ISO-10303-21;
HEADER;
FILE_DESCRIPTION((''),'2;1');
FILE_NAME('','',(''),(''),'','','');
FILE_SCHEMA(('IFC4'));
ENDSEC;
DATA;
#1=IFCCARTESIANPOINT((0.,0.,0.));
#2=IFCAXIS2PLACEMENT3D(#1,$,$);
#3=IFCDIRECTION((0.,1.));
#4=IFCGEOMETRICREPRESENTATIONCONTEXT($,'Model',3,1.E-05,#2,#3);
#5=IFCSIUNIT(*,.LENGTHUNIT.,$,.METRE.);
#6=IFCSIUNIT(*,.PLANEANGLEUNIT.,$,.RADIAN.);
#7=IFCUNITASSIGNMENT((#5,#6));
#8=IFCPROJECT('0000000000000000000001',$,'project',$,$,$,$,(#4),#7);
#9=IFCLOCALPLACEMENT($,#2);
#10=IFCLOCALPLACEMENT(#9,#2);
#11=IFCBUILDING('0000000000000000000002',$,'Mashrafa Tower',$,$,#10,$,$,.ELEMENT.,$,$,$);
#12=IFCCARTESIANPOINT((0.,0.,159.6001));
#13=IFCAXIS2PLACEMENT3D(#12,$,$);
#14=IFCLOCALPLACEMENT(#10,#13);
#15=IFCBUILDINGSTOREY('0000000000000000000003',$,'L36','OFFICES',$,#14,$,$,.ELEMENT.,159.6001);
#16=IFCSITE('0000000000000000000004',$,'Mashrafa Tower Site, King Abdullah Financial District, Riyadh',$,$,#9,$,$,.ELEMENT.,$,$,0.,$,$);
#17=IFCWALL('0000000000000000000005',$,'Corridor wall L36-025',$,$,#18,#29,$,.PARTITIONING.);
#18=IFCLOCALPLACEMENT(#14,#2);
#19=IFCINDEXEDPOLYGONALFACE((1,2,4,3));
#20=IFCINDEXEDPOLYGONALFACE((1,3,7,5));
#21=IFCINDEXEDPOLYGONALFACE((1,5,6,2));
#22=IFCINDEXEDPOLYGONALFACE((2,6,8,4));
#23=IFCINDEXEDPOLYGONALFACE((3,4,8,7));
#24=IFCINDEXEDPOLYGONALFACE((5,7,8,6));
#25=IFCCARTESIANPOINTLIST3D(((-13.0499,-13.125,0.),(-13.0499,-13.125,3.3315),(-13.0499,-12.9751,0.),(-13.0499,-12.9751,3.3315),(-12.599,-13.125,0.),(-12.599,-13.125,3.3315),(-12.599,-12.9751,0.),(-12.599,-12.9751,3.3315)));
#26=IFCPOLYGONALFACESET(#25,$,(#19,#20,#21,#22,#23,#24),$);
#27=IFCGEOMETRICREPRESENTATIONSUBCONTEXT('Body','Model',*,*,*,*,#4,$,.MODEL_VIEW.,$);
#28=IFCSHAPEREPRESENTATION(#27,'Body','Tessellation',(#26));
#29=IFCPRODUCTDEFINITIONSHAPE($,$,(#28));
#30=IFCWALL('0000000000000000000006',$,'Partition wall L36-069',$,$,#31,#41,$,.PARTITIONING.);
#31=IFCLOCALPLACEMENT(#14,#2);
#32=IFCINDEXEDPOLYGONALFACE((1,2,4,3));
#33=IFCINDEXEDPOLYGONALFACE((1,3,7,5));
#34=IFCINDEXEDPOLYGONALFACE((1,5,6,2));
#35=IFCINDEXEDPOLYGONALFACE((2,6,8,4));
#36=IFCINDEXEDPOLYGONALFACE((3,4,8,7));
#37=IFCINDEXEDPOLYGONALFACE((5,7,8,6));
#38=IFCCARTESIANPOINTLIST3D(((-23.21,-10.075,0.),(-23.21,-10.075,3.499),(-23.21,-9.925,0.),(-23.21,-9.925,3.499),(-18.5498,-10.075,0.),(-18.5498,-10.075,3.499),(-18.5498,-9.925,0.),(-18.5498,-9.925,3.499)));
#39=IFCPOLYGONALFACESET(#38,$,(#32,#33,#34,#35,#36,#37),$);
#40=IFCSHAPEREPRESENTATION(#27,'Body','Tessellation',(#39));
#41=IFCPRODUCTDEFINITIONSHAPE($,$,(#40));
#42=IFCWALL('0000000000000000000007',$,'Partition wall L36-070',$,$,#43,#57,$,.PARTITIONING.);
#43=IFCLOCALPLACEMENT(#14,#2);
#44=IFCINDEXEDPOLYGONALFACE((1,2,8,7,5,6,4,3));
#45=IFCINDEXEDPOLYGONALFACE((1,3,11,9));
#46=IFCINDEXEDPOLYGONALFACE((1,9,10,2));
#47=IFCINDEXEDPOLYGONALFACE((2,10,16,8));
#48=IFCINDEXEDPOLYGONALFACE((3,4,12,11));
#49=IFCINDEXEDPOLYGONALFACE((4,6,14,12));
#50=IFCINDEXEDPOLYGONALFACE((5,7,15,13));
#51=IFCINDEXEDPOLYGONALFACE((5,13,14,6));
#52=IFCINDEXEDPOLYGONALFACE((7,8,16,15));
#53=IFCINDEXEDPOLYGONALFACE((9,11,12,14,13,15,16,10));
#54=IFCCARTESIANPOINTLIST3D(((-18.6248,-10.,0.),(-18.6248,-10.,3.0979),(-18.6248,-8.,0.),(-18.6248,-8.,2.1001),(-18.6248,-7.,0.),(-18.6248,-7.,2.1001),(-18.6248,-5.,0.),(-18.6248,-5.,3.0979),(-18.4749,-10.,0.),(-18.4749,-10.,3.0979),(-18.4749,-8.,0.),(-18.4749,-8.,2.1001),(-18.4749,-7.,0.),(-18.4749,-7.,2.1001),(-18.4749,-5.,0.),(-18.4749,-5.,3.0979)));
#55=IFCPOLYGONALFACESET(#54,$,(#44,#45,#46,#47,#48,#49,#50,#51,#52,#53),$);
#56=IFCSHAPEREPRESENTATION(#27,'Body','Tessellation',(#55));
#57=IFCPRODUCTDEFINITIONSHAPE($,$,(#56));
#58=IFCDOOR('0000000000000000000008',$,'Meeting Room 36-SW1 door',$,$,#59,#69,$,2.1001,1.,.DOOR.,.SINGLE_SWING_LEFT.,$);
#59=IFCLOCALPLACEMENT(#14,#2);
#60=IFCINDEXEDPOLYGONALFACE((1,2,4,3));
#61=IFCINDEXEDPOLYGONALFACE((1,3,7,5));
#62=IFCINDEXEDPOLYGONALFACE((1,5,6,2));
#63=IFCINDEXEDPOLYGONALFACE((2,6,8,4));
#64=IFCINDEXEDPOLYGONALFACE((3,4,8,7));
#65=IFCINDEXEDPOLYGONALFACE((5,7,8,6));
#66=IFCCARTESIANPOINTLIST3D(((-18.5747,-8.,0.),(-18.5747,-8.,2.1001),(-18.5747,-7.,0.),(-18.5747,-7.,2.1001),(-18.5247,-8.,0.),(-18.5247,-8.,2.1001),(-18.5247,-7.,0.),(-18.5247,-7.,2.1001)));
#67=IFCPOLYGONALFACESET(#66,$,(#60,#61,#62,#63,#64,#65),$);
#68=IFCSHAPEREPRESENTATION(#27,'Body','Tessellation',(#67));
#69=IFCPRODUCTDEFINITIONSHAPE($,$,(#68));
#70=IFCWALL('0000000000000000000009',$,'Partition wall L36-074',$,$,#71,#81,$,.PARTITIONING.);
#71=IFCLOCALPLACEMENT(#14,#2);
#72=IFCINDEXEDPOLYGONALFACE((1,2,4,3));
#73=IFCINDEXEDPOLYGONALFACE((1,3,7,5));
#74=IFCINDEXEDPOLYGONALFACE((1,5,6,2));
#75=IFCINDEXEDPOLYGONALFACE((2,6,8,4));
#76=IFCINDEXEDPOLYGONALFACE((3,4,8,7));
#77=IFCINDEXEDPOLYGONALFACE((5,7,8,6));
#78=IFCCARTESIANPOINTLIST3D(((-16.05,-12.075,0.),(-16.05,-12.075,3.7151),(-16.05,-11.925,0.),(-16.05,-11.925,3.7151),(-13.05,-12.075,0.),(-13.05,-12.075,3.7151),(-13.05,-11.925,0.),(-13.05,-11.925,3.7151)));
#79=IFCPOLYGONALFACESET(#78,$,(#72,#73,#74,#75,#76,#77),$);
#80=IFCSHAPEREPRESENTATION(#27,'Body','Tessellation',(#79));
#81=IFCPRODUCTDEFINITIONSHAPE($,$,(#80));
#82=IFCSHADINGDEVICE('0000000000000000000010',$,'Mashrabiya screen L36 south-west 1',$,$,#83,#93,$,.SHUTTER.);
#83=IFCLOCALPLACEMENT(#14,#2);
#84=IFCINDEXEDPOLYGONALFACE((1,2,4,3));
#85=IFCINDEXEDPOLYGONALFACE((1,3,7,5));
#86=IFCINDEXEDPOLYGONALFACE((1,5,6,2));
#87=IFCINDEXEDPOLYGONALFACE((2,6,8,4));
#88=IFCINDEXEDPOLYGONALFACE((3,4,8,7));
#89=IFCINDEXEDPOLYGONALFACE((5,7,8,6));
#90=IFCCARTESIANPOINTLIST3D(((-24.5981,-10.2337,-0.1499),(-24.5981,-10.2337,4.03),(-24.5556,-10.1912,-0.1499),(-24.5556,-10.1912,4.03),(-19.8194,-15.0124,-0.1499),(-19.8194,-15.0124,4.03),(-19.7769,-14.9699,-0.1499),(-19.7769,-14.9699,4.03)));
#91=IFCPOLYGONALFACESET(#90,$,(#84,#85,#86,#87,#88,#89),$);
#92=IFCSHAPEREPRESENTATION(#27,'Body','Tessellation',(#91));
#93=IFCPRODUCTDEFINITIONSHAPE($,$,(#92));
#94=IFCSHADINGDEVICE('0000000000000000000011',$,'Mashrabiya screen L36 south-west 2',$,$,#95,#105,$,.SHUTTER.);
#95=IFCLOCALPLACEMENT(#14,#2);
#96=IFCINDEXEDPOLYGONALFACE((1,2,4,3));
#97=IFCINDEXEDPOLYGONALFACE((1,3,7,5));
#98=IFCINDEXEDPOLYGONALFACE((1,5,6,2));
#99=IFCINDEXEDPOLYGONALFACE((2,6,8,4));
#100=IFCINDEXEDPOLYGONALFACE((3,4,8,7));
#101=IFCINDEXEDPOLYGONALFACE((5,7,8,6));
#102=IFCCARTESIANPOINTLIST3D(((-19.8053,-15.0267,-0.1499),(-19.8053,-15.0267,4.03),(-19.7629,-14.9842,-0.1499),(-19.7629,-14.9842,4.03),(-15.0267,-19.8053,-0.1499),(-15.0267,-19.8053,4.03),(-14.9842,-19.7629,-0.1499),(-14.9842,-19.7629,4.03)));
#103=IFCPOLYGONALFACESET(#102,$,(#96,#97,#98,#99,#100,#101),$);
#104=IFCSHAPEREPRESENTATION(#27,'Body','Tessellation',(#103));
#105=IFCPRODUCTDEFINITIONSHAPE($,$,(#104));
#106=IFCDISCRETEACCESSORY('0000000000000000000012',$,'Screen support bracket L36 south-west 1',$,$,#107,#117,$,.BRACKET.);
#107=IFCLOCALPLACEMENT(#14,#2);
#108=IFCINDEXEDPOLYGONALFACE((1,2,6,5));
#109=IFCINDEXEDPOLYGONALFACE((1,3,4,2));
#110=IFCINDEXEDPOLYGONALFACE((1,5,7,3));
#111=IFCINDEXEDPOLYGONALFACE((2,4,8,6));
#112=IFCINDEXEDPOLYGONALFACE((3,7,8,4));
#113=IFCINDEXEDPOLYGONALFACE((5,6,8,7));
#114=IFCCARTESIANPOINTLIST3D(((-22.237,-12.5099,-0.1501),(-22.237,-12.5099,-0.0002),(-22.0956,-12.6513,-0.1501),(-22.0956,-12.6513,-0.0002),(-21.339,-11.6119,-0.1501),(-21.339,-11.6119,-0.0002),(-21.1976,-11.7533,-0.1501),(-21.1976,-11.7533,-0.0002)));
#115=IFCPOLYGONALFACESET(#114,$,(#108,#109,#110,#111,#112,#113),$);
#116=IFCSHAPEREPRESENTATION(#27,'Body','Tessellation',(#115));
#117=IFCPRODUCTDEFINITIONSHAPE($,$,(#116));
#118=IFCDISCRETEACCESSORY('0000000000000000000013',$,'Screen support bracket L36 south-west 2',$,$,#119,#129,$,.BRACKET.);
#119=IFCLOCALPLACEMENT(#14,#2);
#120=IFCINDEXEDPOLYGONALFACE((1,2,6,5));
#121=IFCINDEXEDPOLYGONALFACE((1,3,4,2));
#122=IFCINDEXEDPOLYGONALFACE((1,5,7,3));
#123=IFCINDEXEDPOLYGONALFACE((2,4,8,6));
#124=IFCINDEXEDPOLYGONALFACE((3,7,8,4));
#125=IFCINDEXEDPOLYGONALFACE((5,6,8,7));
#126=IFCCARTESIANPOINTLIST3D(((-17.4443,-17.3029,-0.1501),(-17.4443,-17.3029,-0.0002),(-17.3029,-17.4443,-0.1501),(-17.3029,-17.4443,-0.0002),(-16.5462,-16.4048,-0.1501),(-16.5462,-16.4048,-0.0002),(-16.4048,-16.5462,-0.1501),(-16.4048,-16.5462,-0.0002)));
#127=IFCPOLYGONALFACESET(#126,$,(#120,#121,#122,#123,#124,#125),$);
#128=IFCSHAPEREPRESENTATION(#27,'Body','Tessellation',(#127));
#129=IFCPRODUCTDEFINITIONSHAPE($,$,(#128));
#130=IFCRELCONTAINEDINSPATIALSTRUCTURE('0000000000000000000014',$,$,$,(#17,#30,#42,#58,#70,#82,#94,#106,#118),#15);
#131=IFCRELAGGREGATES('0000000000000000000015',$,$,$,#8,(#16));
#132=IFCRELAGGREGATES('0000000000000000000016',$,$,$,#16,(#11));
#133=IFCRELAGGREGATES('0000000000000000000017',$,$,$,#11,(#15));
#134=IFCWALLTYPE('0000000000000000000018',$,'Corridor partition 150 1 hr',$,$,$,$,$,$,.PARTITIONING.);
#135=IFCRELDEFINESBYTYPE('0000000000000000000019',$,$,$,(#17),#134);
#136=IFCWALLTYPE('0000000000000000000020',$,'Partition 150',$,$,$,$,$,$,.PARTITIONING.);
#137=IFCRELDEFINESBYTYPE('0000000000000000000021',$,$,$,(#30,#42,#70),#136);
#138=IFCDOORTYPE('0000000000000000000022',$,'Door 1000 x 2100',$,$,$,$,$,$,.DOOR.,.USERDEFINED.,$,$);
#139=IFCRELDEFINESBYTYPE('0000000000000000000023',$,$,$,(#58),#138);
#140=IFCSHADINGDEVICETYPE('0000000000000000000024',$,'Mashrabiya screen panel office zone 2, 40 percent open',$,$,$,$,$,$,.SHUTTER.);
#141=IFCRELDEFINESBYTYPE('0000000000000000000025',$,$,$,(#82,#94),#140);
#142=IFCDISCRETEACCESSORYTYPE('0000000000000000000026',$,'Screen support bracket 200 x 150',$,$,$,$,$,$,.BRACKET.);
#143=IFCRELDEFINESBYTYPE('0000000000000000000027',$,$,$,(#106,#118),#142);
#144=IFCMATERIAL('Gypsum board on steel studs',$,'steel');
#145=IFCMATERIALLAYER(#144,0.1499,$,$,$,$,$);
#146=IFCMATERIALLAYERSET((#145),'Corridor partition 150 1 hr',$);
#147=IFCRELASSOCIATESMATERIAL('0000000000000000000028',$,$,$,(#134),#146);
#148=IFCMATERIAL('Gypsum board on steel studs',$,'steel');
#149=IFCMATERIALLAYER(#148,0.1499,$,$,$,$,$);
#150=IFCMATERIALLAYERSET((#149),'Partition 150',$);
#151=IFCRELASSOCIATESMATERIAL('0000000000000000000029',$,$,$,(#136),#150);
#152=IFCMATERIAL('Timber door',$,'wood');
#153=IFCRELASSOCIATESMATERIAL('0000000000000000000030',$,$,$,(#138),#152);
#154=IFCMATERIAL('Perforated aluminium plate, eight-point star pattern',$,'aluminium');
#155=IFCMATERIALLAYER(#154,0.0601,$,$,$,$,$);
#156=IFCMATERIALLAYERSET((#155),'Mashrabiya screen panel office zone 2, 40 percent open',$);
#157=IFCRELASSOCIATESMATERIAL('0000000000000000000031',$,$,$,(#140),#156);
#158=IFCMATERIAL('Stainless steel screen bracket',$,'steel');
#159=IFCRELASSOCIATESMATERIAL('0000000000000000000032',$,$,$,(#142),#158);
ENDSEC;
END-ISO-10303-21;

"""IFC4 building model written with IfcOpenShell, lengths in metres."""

from ifc_helpers import new_model, si_unit, direction, frame, frame_2d, origin, origin_2d, place, context, subcontext, project, spatial, rectangle, extrude, source, transform, mapped, material, layer, layer_set, type_object, type_shapes, element, fill, save


model = new_model("IFC4")

# Units and contexts
model_context = context("Model", 3, precision=1e-05, world=origin(), true_north=direction((0.0, 1.0)))
body_context = subcontext(model_context, "Body", "Model", "MODEL_VIEW")
ifc_project = project(units=[si_unit("LENGTHUNIT", "METRE"), si_unit("PLANEANGLEUNIT", "RADIAN")], contexts=[model_context])

# Site, building, storey
site_placement = place(None, origin())
site = spatial("IfcSite", under=ifc_project, at=site_placement, Name="Mashrafa Tower Site, King Abdullah Financial District, Riyadh", CompositionType="ELEMENT", RefElevation=0.0)
building_placement = place(site_placement, origin())
building = spatial("IfcBuilding", under=site, at=building_placement, Name="Mashrafa Tower", CompositionType="ELEMENT")
storey_placement = place(building_placement, frame((0.0, 0.0, 159.6001)))
storey = spatial("IfcBuildingStorey", under=building, at=storey_placement, Name="L36", Description="OFFICES", CompositionType="ELEMENT", Elevation=159.6001)

# Walls
ifc_material_1 = material(Name="Gypsum board on steel studs", Category="steel")
ifc_layer_1 = layer(ifc_material_1, 0.1499)
ifc_layer_set_1 = layer_set([ifc_layer_1], Name="Corridor partition 150 1 hr")
wall_type_1 = type_object("IfcWallType", Name="Corridor partition 150 1 hr", PredefinedType="PARTITIONING", material=ifc_layer_set_1)
wall_1_placement = place(storey_placement, frame((-13.05, -13.05, 0.0), z_axis=(0.0, 0.0, 1.0), x_axis=(1.0, 0.0, 0.0)))
element("IfcWall", 1, at=wall_1_placement, inside=storey, type_object=wall_type_1, Name="Corridor wall L36-025", PredefinedType="PARTITIONING", context=body_context, shape_type="SweptSolid", body=[
    extrude(rectangle(XDim=0.4509, YDim=0.1499, at=frame_2d((0.2256, 0.0))), origin(), (0.0, 0.0, 1.0), 3.3315),
])
ifc_material_2 = material(Name="Gypsum board on steel studs", Category="steel")
ifc_layer_2 = layer(ifc_material_2, 0.1499)
ifc_layer_set_2 = layer_set([ifc_layer_2], Name="Partition 150")
wall_type_2 = type_object("IfcWallType", Name="Partition 150", PredefinedType="PARTITIONING", material=ifc_layer_set_2)
wall_2_placement = place(storey_placement, frame((-23.21, -10.0, 0.0), z_axis=(0.0, 0.0, 1.0), x_axis=(1.0, 0.0, 0.0)))
element("IfcWall", 2, at=wall_2_placement, inside=storey, type_object=wall_type_2, Name="Partition wall L36-069", PredefinedType="PARTITIONING", context=body_context, shape_type="SweptSolid", body=[
    extrude(rectangle(XDim=4.6602, YDim=0.1499, at=frame_2d((2.3301, 0.0))), origin(), (0.0, 0.0, 1.0), 3.499),
])

# Wall, opening, door
wall_3_placement = place(storey_placement, frame((-18.5498, -10.0, 0.0), z_axis=(0.0, 0.0, 1.0), x_axis=(0.0, 1.0, 0.0)))
wall_3 = element("IfcWall", 3, at=wall_3_placement, inside=storey, type_object=wall_type_2, Name="Partition wall L36-070", PredefinedType="PARTITIONING", context=body_context, shape_type="SweptSolid", body=[
    extrude(rectangle(XDim=5.0, YDim=0.1499, at=frame_2d((2.5, 0.0))), origin(), (0.0, 0.0, 1.0), 3.0979),
])
opening_placement = place(wall_3_placement, frame((2.0, 0.0, 0.0)))
opening = element("IfcOpeningElement", 4, at=opening_placement, cuts=wall_3, PredefinedType="OPENING", context=body_context, shape_type="SweptSolid", body=[
    extrude(rectangle(XDim=1.0, YDim=2.1001, at=frame_2d((0.5, 1.05))), frame((0.0, 0.085, 0.0), z_axis=(0.0, -1.0, 0.0), x_axis=(1.0, 0.0, 0.0)), (0.0, 0.0, 1.0), 0.1699),
])
ifc_material_3 = material(Name="Timber door", Category="wood")
door_type = type_object("IfcDoorType", Name="Door 1000 x 2100", OperationType="USERDEFINED", PredefinedType="DOOR", material=ifc_material_3)
door_placement = place(opening_placement, origin())
door = element("IfcDoor", 5, at=door_placement, inside=storey, type_object=door_type, Name="Meeting Room 36-SW1 door", OperationType="SINGLE_SWING_LEFT", OverallHeight=2.1001, OverallWidth=1.0, PredefinedType="DOOR", context=body_context, shape_type="SweptSolid", body=[
    extrude(rectangle(XDim=1.0, YDim=2.1001, at=frame_2d((0.5, 1.05))), frame((0.0, 0.0249, 0.0), z_axis=(0.0, -1.0, 0.0), x_axis=(1.0, 0.0, 0.0)), (0.0, 0.0, 1.0), 0.05),
])
fill(opening, door)

# Wall
wall_4_placement = place(storey_placement, frame((-16.05, -12.0, 0.0), z_axis=(0.0, 0.0, 1.0), x_axis=(1.0, 0.0, 0.0)))
element("IfcWall", 6, at=wall_4_placement, inside=storey, type_object=wall_type_2, Name="Partition wall L36-074", PredefinedType="PARTITIONING", context=body_context, shape_type="SweptSolid", body=[
    extrude(rectangle(XDim=3.0, YDim=0.1499, at=frame_2d((1.5, 0.0))), origin(), (0.0, 0.0, 1.0), 3.7151),
])

# Shading devices
ifc_material_4 = material(Name="Perforated aluminium plate, eight-point star pattern", Category="aluminium")
ifc_layer_3 = layer(ifc_material_4, 0.0601)
ifc_layer_set_3 = layer_set([ifc_layer_3], Name="Mashrabiya screen panel office zone 2, 40 percent open")
shading_device_type = type_object("IfcShadingDeviceType", Name="Mashrabiya screen panel office zone 2, 40 percent open", PredefinedType="SHUTTER", material=ifc_layer_set_3)
shared_shape_1 = source(origin(), body_context, "Body", "SweptSolid", [
    extrude(rectangle(XDim=6.7581, YDim=0.0601, at=origin_2d()), origin(), (0.0, 0.0, 1.0), 4.1799),
])
type_shapes(shading_device_type, [shared_shape_1])
for number, where, z_axis, x_axis, name in (
    (7, (-22.1875, -12.6018, -0.1499), (0.0, 0.0, 1.0), (0.707107, -0.707107, 0.0), "Mashrabiya screen L36 south-west 1"),
    (8, (-17.3948, -17.3948, -0.1499), (0.0, 0.0, 1.0), (0.707107, -0.707107, 0.0), "Mashrabiya screen L36 south-west 2"),
):
    element("IfcShadingDevice", number, at=place(storey_placement, frame(where, z_axis=z_axis, x_axis=x_axis)), inside=storey, type_object=shading_device_type, Name=name, PredefinedType="SHUTTER", context=body_context, shape_type="MappedRepresentation", body=[
        mapped(shared_shape_1, transform((0.0, 0.0, 0.0))),
    ])

# Discrete accessories
ifc_material_5 = material(Name="Stainless steel screen bracket", Category="steel")
discrete_accessory_type = type_object("IfcDiscreteAccessoryType", Name="Screen support bracket 200 x 150", PredefinedType="BRACKET", material=ifc_material_5)
shared_shape_2 = source(origin(), body_context, "Body", "SweptSolid", [
    extrude(rectangle(XDim=0.2, YDim=1.27, at=origin_2d()), origin(), (0.0, 0.0, 1.0), 0.1499),
])
type_shapes(discrete_accessory_type, [shared_shape_2])
for number, where, z_axis, x_axis, name in (
    (9, (-21.7173, -12.1316, -0.1501), (0.0, 0.0, 1.0), (0.707107, -0.707107, 0.0), "Screen support bracket L36 south-west 1"),
    (10, (-16.9246, -16.9246, -0.1501), (0.0, 0.0, 1.0), (0.707107, -0.707107, 0.0), "Screen support bracket L36 south-west 2"),
):
    element("IfcDiscreteAccessory", number, at=place(storey_placement, frame(where, z_axis=z_axis, x_axis=x_axis)), inside=storey, type_object=discrete_accessory_type, Name=name, PredefinedType="BRACKET", context=body_context, shape_type="MappedRepresentation", body=[
        mapped(shared_shape_2, transform((0.0, 0.0, 0.0))),
    ])

save(model, "model.ifc")
